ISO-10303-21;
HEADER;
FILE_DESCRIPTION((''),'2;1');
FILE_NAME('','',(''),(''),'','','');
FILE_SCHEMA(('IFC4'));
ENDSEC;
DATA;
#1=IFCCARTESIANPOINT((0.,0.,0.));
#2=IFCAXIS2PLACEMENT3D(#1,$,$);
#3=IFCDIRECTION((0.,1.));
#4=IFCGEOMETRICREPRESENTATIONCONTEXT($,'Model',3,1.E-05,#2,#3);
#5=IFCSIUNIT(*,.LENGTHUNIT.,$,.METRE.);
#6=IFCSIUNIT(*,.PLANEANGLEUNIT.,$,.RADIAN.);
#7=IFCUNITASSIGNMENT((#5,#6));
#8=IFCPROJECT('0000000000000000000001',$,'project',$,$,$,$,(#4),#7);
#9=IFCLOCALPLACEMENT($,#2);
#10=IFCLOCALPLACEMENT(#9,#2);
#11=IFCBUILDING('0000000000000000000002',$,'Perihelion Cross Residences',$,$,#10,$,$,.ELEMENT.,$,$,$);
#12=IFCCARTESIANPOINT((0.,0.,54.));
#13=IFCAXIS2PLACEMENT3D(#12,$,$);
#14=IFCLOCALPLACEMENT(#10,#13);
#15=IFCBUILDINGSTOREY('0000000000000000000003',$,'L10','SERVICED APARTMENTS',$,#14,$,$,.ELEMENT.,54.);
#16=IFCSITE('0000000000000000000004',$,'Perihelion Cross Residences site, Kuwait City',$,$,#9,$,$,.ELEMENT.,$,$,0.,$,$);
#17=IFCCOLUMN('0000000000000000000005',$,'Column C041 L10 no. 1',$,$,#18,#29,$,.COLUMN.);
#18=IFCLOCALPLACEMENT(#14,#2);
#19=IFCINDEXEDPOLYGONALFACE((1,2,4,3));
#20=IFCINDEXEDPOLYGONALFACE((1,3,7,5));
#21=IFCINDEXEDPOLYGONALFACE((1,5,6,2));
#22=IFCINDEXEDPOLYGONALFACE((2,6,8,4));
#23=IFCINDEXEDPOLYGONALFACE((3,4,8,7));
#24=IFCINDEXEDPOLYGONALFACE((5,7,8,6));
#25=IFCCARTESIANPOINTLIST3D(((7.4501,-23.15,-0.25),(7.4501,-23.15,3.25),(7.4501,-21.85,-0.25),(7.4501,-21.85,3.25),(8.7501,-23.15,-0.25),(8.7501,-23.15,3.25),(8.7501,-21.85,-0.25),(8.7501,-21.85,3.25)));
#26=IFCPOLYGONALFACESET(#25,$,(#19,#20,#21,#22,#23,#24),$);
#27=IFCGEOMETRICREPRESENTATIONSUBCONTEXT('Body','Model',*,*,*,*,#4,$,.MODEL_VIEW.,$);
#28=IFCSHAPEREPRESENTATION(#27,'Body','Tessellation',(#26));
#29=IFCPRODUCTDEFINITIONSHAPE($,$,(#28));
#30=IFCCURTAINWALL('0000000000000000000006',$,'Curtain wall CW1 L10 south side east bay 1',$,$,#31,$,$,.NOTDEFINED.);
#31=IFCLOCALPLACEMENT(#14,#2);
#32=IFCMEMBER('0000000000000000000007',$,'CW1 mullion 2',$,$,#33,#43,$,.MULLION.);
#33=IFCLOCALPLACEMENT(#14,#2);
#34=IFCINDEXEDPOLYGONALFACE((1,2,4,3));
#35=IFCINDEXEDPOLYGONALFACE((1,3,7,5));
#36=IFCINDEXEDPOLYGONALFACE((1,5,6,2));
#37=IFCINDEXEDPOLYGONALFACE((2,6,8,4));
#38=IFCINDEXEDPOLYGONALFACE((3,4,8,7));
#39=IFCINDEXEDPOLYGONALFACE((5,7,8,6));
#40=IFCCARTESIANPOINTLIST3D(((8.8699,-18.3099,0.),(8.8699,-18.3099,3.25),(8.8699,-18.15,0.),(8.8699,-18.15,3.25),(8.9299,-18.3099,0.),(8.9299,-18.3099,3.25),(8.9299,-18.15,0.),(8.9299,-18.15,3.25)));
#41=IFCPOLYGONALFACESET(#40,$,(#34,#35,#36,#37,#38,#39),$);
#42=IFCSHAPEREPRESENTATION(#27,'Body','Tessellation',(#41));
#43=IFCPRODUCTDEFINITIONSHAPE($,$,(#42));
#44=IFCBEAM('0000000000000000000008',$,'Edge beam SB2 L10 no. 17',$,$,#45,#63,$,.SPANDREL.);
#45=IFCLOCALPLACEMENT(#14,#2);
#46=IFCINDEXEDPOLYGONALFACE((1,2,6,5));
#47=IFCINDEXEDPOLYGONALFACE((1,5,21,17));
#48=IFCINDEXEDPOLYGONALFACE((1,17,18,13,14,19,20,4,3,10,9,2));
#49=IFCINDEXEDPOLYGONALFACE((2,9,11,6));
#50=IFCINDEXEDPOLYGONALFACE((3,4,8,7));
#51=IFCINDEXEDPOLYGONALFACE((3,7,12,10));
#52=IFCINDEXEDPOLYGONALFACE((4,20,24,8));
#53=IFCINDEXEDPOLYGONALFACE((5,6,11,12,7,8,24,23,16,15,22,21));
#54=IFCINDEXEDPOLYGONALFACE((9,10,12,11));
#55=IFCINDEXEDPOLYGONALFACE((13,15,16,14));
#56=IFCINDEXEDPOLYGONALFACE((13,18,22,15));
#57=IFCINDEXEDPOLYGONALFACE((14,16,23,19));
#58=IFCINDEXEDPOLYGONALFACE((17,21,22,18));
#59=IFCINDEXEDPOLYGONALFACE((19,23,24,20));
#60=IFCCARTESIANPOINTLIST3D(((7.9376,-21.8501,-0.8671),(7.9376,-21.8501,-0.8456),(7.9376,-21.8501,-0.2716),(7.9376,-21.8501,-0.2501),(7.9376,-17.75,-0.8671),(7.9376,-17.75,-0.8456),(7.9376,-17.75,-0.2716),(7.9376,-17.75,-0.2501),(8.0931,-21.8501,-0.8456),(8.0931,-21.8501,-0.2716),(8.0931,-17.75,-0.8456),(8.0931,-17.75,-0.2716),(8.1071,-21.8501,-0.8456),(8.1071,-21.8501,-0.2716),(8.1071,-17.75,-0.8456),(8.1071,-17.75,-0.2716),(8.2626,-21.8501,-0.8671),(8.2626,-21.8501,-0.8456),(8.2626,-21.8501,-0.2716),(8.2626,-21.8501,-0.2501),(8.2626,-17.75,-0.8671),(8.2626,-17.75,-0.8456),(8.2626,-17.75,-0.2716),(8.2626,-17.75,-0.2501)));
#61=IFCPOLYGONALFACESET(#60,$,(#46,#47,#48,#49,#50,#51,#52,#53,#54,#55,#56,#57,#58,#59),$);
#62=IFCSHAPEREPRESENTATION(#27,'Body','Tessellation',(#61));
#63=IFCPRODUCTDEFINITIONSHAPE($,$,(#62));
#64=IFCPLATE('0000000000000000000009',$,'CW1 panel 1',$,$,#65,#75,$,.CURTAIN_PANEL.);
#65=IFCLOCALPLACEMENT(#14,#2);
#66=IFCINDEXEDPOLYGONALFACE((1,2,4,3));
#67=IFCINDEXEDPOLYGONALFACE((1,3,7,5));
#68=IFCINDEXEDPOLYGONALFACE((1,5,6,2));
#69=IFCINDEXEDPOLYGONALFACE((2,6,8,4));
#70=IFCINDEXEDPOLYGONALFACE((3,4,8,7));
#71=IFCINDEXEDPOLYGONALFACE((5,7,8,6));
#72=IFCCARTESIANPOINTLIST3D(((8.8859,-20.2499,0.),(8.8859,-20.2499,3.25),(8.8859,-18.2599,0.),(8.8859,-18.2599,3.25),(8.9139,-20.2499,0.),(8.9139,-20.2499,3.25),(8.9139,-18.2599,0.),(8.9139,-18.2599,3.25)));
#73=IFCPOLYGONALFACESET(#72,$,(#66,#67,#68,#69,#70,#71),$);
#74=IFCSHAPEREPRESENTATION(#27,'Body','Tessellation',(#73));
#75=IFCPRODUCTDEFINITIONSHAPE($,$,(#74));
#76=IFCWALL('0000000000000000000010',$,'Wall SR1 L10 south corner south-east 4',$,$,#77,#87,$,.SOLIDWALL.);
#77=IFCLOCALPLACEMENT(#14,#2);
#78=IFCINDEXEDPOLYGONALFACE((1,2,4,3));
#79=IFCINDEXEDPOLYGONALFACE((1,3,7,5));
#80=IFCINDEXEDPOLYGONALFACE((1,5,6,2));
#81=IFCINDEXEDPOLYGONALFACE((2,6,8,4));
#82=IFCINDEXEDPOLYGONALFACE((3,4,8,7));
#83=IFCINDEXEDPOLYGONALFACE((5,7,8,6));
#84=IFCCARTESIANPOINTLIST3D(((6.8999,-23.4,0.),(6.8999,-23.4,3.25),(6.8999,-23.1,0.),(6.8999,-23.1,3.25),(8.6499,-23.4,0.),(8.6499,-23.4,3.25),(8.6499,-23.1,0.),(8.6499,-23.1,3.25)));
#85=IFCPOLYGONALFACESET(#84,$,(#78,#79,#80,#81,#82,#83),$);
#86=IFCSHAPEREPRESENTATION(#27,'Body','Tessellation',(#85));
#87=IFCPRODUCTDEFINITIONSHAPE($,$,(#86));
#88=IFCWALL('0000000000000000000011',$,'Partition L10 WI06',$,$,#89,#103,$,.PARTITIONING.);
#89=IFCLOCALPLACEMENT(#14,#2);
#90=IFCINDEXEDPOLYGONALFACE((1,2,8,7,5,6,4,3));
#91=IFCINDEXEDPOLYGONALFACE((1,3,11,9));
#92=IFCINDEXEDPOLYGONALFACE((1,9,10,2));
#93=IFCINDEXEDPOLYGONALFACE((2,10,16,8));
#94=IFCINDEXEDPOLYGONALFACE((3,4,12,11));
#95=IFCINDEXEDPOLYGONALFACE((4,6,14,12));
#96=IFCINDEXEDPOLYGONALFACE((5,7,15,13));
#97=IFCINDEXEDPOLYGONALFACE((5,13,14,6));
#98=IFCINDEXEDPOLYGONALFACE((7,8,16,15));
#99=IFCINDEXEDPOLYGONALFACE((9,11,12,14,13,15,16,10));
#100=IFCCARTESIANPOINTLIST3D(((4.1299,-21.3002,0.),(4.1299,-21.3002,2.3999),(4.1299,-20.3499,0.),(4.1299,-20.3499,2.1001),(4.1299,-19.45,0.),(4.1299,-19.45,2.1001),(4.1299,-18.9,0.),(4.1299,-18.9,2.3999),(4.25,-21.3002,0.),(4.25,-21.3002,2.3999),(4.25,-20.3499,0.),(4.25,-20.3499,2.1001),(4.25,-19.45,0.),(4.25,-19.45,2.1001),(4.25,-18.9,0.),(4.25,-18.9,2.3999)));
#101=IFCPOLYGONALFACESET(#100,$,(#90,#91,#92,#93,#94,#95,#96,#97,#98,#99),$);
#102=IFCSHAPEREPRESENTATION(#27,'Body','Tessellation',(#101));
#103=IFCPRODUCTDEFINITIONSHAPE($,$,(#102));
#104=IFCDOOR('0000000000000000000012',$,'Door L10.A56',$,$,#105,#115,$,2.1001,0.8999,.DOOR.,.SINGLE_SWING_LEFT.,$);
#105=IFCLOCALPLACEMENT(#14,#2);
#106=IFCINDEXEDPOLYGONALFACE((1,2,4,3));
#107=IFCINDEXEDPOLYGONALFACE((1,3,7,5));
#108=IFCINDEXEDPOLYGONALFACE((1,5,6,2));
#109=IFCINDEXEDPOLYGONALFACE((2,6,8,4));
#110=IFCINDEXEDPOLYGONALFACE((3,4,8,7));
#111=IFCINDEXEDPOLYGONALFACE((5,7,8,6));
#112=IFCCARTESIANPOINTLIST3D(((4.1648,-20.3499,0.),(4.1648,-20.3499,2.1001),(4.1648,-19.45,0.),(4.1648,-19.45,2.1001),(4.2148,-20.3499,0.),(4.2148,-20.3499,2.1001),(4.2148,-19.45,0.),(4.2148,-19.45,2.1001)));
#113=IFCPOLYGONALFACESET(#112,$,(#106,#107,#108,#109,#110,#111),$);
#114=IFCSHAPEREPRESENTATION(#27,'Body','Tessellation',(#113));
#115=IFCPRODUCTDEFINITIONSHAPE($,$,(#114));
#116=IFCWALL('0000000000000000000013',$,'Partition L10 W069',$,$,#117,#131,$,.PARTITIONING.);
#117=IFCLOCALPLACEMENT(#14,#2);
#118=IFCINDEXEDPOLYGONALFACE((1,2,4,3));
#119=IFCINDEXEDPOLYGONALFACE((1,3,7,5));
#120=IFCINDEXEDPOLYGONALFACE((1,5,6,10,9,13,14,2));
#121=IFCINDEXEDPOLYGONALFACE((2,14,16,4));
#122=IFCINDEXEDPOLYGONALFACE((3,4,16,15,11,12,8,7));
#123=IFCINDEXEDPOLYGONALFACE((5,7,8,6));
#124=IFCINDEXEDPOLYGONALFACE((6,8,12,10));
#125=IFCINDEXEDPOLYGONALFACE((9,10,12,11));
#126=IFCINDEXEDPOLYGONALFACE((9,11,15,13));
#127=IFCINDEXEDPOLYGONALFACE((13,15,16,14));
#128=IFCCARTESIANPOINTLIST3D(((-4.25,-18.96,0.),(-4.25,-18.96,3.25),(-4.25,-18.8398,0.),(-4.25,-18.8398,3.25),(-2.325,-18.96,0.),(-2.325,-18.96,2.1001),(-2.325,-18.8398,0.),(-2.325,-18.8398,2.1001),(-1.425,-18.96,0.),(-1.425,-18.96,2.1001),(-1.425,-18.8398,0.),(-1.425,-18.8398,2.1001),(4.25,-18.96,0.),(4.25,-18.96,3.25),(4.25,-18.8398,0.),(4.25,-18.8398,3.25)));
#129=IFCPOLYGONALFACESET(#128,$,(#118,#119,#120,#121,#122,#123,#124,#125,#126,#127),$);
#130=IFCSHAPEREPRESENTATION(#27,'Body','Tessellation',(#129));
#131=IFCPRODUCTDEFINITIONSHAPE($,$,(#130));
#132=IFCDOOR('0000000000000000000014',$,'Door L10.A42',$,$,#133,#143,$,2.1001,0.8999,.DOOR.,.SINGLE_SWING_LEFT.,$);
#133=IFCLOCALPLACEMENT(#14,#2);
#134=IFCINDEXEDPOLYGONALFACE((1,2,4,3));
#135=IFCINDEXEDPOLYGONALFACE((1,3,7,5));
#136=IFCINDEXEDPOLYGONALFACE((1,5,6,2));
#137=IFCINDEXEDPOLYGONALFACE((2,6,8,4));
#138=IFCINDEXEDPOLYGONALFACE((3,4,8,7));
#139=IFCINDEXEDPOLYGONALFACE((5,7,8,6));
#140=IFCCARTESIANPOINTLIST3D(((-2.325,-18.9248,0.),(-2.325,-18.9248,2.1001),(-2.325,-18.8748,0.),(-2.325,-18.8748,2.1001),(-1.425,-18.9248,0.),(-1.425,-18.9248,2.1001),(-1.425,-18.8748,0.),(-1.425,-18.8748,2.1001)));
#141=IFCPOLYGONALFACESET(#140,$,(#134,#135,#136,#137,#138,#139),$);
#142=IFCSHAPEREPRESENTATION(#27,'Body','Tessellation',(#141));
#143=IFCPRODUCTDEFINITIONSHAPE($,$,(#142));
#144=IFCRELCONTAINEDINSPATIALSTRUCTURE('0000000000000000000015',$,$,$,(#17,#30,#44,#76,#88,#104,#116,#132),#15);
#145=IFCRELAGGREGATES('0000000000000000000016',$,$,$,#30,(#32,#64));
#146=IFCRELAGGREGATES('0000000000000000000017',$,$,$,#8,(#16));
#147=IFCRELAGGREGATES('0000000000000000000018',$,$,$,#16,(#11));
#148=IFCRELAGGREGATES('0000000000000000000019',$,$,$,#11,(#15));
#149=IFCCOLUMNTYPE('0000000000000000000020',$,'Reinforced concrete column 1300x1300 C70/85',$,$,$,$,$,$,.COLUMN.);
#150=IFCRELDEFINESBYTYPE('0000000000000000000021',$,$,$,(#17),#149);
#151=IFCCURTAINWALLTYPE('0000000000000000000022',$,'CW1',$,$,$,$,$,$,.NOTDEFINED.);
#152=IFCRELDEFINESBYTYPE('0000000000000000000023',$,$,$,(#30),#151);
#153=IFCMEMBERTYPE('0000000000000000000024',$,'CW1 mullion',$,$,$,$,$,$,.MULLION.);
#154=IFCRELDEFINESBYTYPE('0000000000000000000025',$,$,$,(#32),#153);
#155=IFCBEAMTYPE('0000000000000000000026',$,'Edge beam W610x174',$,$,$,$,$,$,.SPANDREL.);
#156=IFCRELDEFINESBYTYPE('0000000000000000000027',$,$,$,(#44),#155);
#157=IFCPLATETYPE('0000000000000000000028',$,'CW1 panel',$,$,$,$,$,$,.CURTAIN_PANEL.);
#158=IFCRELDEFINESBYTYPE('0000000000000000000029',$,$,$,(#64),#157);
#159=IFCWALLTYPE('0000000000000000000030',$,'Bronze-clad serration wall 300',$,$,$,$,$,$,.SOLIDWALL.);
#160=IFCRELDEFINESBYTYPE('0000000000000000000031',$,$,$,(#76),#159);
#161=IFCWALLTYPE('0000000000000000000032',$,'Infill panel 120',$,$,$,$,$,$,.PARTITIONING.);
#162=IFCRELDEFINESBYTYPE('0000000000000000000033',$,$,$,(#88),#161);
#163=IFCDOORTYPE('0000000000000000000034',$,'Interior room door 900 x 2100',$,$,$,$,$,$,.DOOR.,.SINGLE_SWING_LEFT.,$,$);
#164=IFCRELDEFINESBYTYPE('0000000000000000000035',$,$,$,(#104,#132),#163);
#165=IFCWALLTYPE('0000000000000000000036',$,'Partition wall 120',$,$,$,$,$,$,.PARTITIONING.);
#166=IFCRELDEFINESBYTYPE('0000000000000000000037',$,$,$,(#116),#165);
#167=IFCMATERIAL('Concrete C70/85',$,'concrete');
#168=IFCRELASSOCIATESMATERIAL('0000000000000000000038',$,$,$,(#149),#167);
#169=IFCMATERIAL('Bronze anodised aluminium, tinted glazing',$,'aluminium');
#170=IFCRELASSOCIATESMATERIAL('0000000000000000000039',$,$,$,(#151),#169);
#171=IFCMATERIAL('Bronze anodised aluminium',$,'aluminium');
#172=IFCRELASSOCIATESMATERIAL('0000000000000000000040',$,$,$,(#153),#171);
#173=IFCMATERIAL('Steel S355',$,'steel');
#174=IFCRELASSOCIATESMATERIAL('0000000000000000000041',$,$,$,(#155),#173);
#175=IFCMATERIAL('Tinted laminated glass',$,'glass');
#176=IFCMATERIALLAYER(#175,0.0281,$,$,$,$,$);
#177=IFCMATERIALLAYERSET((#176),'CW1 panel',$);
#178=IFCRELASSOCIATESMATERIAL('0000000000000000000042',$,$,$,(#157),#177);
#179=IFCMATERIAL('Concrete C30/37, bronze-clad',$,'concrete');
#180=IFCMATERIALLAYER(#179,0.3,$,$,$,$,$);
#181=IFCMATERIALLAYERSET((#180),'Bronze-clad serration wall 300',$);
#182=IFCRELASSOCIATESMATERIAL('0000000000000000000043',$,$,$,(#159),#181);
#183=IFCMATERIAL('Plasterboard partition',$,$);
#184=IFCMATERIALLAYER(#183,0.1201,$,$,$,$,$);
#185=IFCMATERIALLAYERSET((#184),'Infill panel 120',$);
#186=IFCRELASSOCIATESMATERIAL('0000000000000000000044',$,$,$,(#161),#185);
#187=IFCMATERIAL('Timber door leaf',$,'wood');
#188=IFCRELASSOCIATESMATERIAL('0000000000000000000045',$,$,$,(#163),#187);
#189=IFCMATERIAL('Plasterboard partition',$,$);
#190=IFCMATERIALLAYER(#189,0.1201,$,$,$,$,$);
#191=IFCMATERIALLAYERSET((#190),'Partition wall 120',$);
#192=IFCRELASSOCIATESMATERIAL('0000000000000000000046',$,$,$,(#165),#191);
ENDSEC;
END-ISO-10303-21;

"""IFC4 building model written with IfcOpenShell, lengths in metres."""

from ifc_helpers import new_model, si_unit, direction, frame, frame_2d, origin, origin_2d, place, context, subcontext, project, spatial, rectangle, i_section, extrude, material, layer, layer_set, material_profile, profile_set, type_object, element, fill, aggregate, save


model = new_model("IFC4")

# Units and contexts
model_context = context("Model", 3, precision=1e-05, world=origin(), true_north=direction((0.0, 1.0)))
body_context = subcontext(model_context, "Body", "Model", "MODEL_VIEW")
ifc_project = project(units=[si_unit("LENGTHUNIT", "METRE"), si_unit("PLANEANGLEUNIT", "RADIAN")], contexts=[model_context])

# Site, building, storey
site_placement = place(None, origin())
site = spatial("IfcSite", under=ifc_project, at=site_placement, Name="Perihelion Cross Residences site, Kuwait City", CompositionType="ELEMENT", RefElevation=0.0)
building_placement = place(site_placement, origin())
building = spatial("IfcBuilding", under=site, at=building_placement, Name="Perihelion Cross Residences", CompositionType="ELEMENT")
storey_placement = place(building_placement, frame((0.0, 0.0, 54.0)))
storey = spatial("IfcBuildingStorey", under=building, at=storey_placement, Name="L10", Description="SERVICED APARTMENTS", CompositionType="ELEMENT", Elevation=54.0)

# Column
ifc_material_1 = material(Name="Concrete C70/85", Category="concrete")
ifc_material_profile_1 = material_profile(ifc_material_1, rectangle(XDim=1.3, YDim=1.3, at=origin_2d()), Name="RC 1300x1300")
ifc_profile_set_1 = profile_set([ifc_material_profile_1], Name="Concrete C70/85")
column_type = type_object("IfcColumnType", Name="Reinforced concrete column 1300x1300 C70/85", PredefinedType="COLUMN", material=ifc_profile_set_1)
column_placement = place(storey_placement, frame((8.1001, -22.5, -0.25), z_axis=(0.0, 0.0, 1.0), x_axis=(1.0, 0.0, 0.0)))
element("IfcColumn", 1, at=column_placement, inside=storey, type_object=column_type, Name="Column C041 L10 no. 1", PredefinedType="COLUMN", context=body_context, shape_type="SweptSolid", body=[
    extrude(rectangle(XDim=1.3, YDim=1.3, at=origin_2d()), origin(), (0.0, 0.0, 1.0), 3.5),
])

# Curtain wall, member
ifc_material_2 = material(Name="Bronze anodised aluminium, tinted glazing", Category="aluminium")
curtain_wall_type = type_object("IfcCurtainWallType", Name="CW1", PredefinedType="NOTDEFINED", material=ifc_material_2)
curtain_wall_placement = place(storey_placement, origin())
curtain_wall = element("IfcCurtainWall", 2, at=curtain_wall_placement, inside=storey, type_object=curtain_wall_type, Name="Curtain wall CW1 L10 south side east bay 1", PredefinedType="NOTDEFINED")
ifc_material_3 = material(Name="Bronze anodised aluminium", Category="aluminium")
ifc_material_profile_2 = material_profile(ifc_material_3, rectangle(XDim=0.0601, YDim=0.1599, at=origin_2d()), Name="CW1 mullion")
ifc_profile_set_2 = profile_set([ifc_material_profile_2], Name="Bronze anodised aluminium")
member_type = type_object("IfcMemberType", Name="CW1 mullion", PredefinedType="MULLION", material=ifc_profile_set_2)
member_placement = place(storey_placement, frame((8.8999, -18.23, 0.0), z_axis=(0.0, 0.0, 1.0), x_axis=(-1.0, 0.0, 0.0)))
member = element("IfcMember", 3, at=member_placement, type_object=member_type, Name="CW1 mullion 2", PredefinedType="MULLION", context=body_context, shape_type="SweptSolid", body=[
    extrude(rectangle(XDim=0.0601, YDim=0.1599, at=origin_2d()), origin(), (0.0, 0.0, 1.0), 3.25),
])

# Beam
ifc_material_4 = material(Name="Steel S355", Category="steel")
ifc_material_profile_3 = material_profile(ifc_material_4, i_section(OverallWidth=0.325, OverallDepth=0.6169, WebThickness=0.0139, FlangeThickness=0.0215, at=origin_2d()), Name="W610x174")
ifc_profile_set_3 = profile_set([ifc_material_profile_3], Name="Steel S355")
beam_type = type_object("IfcBeamType", Name="Edge beam W610x174", PredefinedType="SPANDREL", material=ifc_profile_set_3)
beam_placement = place(storey_placement, frame((8.1001, -21.8501, -0.5586), z_axis=(0.0, 1.0, 0.0), x_axis=(-1.0, 0.0, 0.0)))
element("IfcBeam", 4, at=beam_placement, inside=storey, type_object=beam_type, Name="Edge beam SB2 L10 no. 17", PredefinedType="SPANDREL", context=body_context, shape_type="SweptSolid", body=[
    extrude(i_section(OverallWidth=0.325, OverallDepth=0.6169, WebThickness=0.0139, FlangeThickness=0.0215, at=origin_2d()), origin(), (0.0, 0.0, 1.0), 4.1001),
])

# Plate
ifc_material_5 = material(Name="Tinted laminated glass", Category="glass")
ifc_layer_1 = layer(ifc_material_5, 0.0281)
ifc_layer_set_1 = layer_set([ifc_layer_1], Name="CW1 panel")
plate_type = type_object("IfcPlateType", Name="CW1 panel", PredefinedType="CURTAIN_PANEL", material=ifc_layer_set_1)
plate_placement = place(storey_placement, frame((8.8999, -19.2549, 0.0), z_axis=(0.0, 0.0, 1.0), x_axis=(0.0, 1.0, 0.0)))
plate = element("IfcPlate", 5, at=plate_placement, type_object=plate_type, Name="CW1 panel 1", PredefinedType="CURTAIN_PANEL", context=body_context, shape_type="SweptSolid", body=[
    extrude(rectangle(XDim=1.99, YDim=0.0281, at=origin_2d()), origin(), (0.0, 0.0, 1.0), 3.25),
])
aggregate(curtain_wall, [member, plate])

# Wall
ifc_material_6 = material(Name="Concrete C30/37, bronze-clad", Category="concrete")
ifc_layer_2 = layer(ifc_material_6, 0.3)
ifc_layer_set_2 = layer_set([ifc_layer_2], Name="Bronze-clad serration wall 300")
wall_type_1 = type_object("IfcWallType", Name="Bronze-clad serration wall 300", PredefinedType="SOLIDWALL", material=ifc_layer_set_2)
wall_1_placement = place(storey_placement, frame((6.8999, -23.25, 0.0), z_axis=(0.0, 0.0, 1.0), x_axis=(1.0, 0.0, 0.0)))
element("IfcWall", 6, at=wall_1_placement, inside=storey, type_object=wall_type_1, Name="Wall SR1 L10 south corner south-east 4", PredefinedType="SOLIDWALL", context=body_context, shape_type="SweptSolid", body=[
    extrude(rectangle(XDim=1.75, YDim=0.3, at=frame_2d((0.875, 0.0))), origin(), (0.0, 0.0, 1.0), 3.25),
])

# Walls, openings, doors
ifc_material_7 = material(Name="Plasterboard partition")
ifc_layer_3 = layer(ifc_material_7, 0.1201)
ifc_layer_set_3 = layer_set([ifc_layer_3], Name="Infill panel 120")
wall_type_2 = type_object("IfcWallType", Name="Infill panel 120", PredefinedType="PARTITIONING", material=ifc_layer_set_3)
wall_2_placement = place(storey_placement, frame((4.1899, -18.8999, 0.0), z_axis=(0.0, 0.0, 1.0), x_axis=(0.0, -1.0, 0.0)))
wall_2 = element("IfcWall", 7, at=wall_2_placement, inside=storey, type_object=wall_type_2, Name="Partition L10 WI06", PredefinedType="PARTITIONING", context=body_context, shape_type="SweptSolid", body=[
    extrude(rectangle(XDim=2.4001, YDim=0.1201, at=frame_2d((1.2002, 0.0))), origin(), (0.0, 0.0, 1.0), 2.3999),
])
opening_1_placement = place(wall_2_placement, frame((0.55, 0.0, 0.0)))
opening_1 = element("IfcOpeningElement", 8, at=opening_1_placement, cuts=wall_2, PredefinedType="OPENING", context=body_context, shape_type="SweptSolid", body=[
    extrude(rectangle(XDim=0.8999, YDim=2.1001, at=frame_2d((0.45, 1.05))), frame((0.0, 0.0701, 0.0), z_axis=(0.0, -1.0, 0.0), x_axis=(1.0, 0.0, 0.0)), (0.0, 0.0, 1.0), 0.1401),
])
ifc_material_8 = material(Name="Timber door leaf", Category="wood")
door_type_1 = type_object("IfcDoorType", Name="Interior room door 900 x 2100", OperationType="SINGLE_SWING_LEFT", PredefinedType="DOOR", material=ifc_material_8)
door_1_placement = place(opening_1_placement, origin())
door_1 = element("IfcDoor", 9, at=door_1_placement, inside=storey, type_object=door_type_1, Name="Door L10.A56", OperationType="SINGLE_SWING_LEFT", OverallHeight=2.1001, OverallWidth=0.8999, PredefinedType="DOOR", context=body_context, shape_type="SweptSolid", body=[
    extrude(rectangle(XDim=0.8999, YDim=2.1001, at=frame_2d((0.45, 1.05))), frame((0.0, 0.0249, 0.0), z_axis=(0.0, -1.0, 0.0), x_axis=(1.0, 0.0, 0.0)), (0.0, 0.0, 1.0), 0.05),
])
fill(opening_1, door_1)
ifc_material_9 = material(Name="Plasterboard partition")
ifc_layer_4 = layer(ifc_material_9, 0.1201)
ifc_layer_set_4 = layer_set([ifc_layer_4], Name="Partition wall 120")
wall_type_3 = type_object("IfcWallType", Name="Partition wall 120", PredefinedType="PARTITIONING", material=ifc_layer_set_4)
wall_3_placement = place(storey_placement, frame((4.25, -18.8999, 0.0), z_axis=(0.0, 0.0, 1.0), x_axis=(-1.0, 0.0, 0.0)))
wall_3 = element("IfcWall", 10, at=wall_3_placement, inside=storey, type_object=wall_type_3, Name="Partition L10 W069", PredefinedType="PARTITIONING", context=body_context, shape_type="SweptSolid", body=[
    extrude(rectangle(XDim=8.5, YDim=0.1201, at=frame_2d((4.25, 0.0))), origin(), (0.0, 0.0, 1.0), 3.25),
])
opening_2_placement = place(wall_3_placement, frame((5.675, 0.0, 0.0)))
opening_2 = element("IfcOpeningElement", 11, at=opening_2_placement, cuts=wall_3, PredefinedType="OPENING", context=body_context, shape_type="SweptSolid", body=[
    extrude(rectangle(XDim=0.8999, YDim=2.1001, at=frame_2d((0.45, 1.05))), frame((0.0, 0.0701, 0.0), z_axis=(0.0, -1.0, 0.0), x_axis=(1.0, 0.0, 0.0)), (0.0, 0.0, 1.0), 0.1401),
])
door_2_placement = place(opening_2_placement, origin())
door_2 = element("IfcDoor", 12, at=door_2_placement, inside=storey, type_object=door_type_1, Name="Door L10.A42", OperationType="SINGLE_SWING_LEFT", OverallHeight=2.1001, OverallWidth=0.8999, PredefinedType="DOOR", context=body_context, shape_type="SweptSolid", body=[
    extrude(rectangle(XDim=0.8999, YDim=2.1001, at=frame_2d((0.45, 1.05))), frame((0.0, 0.0249, 0.0), z_axis=(0.0, -1.0, 0.0), x_axis=(1.0, 0.0, 0.0)), (0.0, 0.0, 1.0), 0.05),
])
fill(opening_2, door_2)

save(model, "model.ifc")
